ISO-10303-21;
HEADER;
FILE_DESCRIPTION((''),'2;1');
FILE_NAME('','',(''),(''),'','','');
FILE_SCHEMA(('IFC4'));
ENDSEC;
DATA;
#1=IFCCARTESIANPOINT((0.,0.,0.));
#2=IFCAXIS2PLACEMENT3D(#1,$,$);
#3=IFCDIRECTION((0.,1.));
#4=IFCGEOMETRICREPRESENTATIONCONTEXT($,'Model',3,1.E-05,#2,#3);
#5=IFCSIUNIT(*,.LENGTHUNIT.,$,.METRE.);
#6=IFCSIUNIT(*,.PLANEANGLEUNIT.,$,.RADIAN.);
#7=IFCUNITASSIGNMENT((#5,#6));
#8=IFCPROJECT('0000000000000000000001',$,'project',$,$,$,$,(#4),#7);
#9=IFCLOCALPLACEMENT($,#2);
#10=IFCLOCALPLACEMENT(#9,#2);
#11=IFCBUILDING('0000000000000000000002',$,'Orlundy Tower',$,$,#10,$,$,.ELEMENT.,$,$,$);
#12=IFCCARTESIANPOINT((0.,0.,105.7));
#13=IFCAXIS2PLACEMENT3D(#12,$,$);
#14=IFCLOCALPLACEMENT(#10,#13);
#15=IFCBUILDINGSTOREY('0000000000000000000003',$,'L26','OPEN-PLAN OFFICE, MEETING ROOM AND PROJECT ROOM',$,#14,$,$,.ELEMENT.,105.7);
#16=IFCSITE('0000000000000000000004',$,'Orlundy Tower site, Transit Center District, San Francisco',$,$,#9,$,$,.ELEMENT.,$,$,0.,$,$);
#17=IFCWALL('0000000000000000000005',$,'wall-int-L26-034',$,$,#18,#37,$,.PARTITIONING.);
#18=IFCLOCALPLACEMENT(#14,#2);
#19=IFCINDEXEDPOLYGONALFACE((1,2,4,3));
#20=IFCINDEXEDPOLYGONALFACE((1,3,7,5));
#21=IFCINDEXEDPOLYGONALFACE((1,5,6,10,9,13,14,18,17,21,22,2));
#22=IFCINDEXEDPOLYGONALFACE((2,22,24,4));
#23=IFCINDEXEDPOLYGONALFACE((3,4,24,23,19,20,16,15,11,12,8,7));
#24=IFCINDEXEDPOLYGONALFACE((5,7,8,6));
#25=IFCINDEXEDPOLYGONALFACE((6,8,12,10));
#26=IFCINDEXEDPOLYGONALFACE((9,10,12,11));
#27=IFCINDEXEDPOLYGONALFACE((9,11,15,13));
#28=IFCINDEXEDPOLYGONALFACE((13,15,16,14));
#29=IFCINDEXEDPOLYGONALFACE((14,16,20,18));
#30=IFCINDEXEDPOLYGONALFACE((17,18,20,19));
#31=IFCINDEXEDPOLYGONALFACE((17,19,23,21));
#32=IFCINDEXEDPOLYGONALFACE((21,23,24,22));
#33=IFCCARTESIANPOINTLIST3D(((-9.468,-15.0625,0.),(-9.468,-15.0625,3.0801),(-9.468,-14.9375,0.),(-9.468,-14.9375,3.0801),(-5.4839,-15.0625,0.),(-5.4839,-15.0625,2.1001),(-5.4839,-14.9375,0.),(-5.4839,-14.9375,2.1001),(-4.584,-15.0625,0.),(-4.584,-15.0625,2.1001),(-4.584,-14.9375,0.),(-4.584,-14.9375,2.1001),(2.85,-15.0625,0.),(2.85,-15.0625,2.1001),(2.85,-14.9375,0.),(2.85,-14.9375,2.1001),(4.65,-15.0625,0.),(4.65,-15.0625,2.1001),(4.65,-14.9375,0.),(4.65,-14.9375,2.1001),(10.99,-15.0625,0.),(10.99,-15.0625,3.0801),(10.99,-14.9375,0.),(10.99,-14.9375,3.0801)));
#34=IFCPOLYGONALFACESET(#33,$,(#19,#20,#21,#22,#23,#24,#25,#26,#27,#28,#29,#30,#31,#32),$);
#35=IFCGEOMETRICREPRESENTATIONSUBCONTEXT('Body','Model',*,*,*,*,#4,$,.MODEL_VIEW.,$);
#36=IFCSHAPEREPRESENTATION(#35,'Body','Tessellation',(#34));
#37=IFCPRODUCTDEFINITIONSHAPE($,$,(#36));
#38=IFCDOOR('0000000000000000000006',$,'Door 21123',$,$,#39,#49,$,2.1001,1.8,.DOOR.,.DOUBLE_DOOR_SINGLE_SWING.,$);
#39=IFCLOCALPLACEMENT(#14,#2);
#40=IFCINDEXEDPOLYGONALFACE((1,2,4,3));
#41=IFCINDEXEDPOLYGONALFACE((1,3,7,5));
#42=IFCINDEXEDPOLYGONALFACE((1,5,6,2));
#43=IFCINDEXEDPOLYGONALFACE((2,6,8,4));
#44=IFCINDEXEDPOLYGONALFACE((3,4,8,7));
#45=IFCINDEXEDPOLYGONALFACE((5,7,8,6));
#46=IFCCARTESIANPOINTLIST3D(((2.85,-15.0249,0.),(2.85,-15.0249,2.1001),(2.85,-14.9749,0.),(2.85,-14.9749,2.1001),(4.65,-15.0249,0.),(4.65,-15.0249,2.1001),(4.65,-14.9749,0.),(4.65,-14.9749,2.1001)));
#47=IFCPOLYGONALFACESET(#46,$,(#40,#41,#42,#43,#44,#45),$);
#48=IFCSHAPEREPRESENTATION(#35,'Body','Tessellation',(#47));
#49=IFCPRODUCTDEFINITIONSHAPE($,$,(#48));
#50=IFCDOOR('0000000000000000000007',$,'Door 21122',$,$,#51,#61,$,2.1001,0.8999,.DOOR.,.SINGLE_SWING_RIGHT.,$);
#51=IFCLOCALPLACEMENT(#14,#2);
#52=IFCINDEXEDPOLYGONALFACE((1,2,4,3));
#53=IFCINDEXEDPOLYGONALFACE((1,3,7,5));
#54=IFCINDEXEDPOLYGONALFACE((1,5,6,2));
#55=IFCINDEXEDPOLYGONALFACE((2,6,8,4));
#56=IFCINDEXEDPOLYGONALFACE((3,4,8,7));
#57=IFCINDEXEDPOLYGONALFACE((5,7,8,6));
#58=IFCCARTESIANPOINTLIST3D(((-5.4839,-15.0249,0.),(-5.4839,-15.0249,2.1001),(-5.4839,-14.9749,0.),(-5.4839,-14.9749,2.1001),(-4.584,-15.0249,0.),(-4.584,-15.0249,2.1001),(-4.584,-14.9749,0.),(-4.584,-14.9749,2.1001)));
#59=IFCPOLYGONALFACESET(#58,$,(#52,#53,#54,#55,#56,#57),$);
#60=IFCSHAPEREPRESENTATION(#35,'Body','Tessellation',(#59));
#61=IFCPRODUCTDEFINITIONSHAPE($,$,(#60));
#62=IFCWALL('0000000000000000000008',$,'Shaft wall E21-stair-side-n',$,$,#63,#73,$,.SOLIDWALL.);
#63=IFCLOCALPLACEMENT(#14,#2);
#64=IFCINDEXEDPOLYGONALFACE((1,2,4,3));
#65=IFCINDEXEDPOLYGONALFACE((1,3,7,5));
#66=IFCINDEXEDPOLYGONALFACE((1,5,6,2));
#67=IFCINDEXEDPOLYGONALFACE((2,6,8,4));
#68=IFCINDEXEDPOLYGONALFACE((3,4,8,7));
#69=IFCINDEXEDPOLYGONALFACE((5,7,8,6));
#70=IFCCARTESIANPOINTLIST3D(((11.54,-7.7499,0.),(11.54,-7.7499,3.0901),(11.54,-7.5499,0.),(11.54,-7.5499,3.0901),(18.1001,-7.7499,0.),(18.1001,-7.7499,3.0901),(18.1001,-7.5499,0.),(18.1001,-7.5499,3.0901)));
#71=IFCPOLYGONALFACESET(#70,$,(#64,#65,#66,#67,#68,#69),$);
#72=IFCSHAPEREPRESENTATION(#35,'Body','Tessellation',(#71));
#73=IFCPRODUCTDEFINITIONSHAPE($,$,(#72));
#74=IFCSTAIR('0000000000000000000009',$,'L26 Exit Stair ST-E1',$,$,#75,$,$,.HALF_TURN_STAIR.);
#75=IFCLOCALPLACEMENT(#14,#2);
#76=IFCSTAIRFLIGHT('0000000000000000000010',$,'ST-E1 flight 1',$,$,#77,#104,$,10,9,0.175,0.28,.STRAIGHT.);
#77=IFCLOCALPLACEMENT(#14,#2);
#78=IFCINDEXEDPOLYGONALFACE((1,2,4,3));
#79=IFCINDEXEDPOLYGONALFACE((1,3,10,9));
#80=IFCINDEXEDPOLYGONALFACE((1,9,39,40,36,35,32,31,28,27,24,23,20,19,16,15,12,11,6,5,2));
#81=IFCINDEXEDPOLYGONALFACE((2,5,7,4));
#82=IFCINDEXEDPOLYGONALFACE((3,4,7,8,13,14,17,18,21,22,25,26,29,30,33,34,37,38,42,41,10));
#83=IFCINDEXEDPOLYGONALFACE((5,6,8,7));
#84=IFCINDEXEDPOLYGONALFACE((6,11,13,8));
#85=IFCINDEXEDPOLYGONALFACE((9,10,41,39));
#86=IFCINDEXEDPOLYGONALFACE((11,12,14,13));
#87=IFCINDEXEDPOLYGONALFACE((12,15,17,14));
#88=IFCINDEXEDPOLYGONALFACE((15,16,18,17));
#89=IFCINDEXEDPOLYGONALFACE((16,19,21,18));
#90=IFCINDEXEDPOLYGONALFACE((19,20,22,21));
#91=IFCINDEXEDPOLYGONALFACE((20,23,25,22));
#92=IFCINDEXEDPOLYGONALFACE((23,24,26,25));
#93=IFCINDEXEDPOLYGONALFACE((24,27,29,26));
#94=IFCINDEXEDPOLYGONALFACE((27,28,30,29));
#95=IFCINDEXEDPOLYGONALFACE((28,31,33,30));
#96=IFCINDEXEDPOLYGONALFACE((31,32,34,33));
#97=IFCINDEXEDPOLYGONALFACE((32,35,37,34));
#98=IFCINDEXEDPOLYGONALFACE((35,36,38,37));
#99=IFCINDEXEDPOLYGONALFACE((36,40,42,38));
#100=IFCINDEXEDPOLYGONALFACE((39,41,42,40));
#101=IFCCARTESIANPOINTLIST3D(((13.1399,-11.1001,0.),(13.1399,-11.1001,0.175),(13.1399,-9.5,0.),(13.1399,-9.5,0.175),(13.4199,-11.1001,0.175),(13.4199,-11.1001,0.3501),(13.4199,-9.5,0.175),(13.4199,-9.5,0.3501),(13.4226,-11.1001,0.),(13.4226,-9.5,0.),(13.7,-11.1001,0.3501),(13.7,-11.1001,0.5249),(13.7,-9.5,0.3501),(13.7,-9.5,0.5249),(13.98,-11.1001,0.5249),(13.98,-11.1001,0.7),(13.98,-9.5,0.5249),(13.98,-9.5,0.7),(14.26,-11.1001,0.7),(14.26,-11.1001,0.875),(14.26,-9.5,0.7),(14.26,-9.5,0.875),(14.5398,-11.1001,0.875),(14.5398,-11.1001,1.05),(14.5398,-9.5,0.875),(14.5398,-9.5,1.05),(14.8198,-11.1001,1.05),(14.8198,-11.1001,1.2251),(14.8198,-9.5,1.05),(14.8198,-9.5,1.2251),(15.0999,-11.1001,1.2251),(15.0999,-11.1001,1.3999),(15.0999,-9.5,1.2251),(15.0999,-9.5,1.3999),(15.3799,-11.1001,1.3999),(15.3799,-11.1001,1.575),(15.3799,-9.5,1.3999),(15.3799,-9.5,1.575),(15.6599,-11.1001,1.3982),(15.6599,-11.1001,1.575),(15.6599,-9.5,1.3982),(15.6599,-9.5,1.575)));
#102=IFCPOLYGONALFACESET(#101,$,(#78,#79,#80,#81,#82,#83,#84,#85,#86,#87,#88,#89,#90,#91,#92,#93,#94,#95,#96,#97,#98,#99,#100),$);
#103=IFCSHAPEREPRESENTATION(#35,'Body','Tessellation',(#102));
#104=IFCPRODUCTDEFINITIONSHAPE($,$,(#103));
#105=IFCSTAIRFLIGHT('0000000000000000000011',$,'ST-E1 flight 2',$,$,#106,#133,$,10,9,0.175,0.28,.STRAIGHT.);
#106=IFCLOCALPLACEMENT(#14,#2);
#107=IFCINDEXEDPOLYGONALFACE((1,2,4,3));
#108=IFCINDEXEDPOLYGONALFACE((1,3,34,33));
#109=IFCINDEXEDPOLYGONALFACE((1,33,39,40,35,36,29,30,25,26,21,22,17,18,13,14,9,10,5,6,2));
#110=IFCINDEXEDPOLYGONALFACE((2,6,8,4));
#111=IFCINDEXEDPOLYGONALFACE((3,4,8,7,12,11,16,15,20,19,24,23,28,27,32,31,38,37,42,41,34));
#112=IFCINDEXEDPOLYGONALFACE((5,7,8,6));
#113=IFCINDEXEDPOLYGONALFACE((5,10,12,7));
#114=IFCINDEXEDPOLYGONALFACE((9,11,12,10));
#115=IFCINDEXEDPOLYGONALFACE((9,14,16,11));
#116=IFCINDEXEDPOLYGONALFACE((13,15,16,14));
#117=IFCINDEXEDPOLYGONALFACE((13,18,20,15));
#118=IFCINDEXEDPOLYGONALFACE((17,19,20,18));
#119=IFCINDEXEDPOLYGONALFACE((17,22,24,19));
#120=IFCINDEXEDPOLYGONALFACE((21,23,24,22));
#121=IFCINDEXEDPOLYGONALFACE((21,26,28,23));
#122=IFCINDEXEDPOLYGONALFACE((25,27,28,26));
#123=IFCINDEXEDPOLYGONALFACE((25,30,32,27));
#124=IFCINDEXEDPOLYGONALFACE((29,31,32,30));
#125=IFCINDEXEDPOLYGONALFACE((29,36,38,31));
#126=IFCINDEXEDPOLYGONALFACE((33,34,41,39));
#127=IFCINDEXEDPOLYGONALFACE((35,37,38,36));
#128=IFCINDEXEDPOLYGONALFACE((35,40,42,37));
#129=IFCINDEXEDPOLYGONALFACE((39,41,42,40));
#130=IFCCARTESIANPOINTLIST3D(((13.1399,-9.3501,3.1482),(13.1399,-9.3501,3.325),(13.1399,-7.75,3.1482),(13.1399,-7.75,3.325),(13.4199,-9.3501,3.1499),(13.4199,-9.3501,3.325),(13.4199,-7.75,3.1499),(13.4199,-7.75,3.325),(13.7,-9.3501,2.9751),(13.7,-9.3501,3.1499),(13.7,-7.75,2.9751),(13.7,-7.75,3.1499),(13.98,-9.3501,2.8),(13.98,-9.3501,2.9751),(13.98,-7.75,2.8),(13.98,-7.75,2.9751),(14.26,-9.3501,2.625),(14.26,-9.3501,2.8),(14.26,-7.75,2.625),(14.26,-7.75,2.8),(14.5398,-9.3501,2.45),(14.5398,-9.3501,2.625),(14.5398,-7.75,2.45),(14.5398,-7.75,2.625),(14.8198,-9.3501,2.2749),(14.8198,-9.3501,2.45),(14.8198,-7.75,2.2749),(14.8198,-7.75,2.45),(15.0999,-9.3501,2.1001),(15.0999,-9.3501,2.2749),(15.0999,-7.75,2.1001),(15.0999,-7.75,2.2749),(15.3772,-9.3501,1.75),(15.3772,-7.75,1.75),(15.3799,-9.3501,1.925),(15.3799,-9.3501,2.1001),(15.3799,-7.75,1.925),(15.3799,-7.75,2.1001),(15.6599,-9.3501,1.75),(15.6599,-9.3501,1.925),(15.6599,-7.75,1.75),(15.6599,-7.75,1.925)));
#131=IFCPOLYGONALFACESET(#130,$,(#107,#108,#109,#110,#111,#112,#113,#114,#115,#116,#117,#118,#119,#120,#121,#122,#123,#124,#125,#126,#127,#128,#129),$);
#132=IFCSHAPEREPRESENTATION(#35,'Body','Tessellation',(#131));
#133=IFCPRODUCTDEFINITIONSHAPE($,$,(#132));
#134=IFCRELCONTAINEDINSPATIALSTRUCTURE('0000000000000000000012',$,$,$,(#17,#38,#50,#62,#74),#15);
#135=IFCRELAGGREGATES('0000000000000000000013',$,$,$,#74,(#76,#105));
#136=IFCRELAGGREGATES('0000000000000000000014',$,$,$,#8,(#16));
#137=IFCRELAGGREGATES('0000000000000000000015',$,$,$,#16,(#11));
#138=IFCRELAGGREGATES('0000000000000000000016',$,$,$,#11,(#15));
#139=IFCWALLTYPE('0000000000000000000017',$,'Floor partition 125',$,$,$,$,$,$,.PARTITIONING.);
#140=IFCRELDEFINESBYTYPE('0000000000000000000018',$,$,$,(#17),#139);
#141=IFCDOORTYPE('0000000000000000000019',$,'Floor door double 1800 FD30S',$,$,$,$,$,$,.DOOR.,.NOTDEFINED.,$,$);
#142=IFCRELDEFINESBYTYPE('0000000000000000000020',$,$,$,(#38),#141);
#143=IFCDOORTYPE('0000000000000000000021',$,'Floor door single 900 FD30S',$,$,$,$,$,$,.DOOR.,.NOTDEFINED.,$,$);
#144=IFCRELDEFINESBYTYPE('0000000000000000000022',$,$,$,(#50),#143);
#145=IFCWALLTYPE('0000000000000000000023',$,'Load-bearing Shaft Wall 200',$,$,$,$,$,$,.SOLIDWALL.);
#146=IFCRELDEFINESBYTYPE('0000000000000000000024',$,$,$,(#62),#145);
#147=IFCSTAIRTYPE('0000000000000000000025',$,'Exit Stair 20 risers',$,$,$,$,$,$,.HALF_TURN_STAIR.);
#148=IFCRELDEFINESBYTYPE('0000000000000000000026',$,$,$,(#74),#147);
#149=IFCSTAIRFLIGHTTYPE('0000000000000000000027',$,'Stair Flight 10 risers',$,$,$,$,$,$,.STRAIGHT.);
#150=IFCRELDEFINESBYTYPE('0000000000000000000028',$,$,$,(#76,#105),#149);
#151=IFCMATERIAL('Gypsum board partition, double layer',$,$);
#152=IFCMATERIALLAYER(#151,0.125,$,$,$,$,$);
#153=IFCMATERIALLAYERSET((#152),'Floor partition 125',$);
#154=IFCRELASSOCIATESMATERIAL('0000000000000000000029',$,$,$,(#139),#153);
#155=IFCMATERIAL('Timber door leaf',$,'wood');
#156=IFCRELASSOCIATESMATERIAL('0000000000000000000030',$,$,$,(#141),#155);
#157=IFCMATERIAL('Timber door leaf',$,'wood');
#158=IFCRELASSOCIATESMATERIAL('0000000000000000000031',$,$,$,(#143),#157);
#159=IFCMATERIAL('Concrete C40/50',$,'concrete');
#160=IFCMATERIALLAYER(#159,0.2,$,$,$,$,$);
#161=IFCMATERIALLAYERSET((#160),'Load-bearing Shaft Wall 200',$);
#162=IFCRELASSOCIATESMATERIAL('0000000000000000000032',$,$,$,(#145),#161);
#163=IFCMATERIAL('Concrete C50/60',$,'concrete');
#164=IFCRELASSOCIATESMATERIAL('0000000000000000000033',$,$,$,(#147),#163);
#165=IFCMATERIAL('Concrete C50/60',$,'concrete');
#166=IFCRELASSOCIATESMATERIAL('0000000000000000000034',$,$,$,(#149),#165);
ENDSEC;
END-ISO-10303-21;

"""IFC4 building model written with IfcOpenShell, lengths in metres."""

from ifc_helpers import new_model, si_unit, direction, frame, frame_2d, origin, place, context, subcontext, project, spatial, polyline, rectangle, outline, extrude, material, layer, layer_set, type_object, element, fill, aggregate, save


model = new_model("IFC4")

# Units and contexts
model_context = context("Model", 3, precision=1e-05, world=origin(), true_north=direction((0.0, 1.0)))
body_context = subcontext(model_context, "Body", "Model", "MODEL_VIEW")
ifc_project = project(units=[si_unit("LENGTHUNIT", "METRE"), si_unit("PLANEANGLEUNIT", "RADIAN")], contexts=[model_context])

# Site, building, storey
site_placement = place(None, origin())
site = spatial("IfcSite", under=ifc_project, at=site_placement, Name="Orlundy Tower site, Transit Center District, San Francisco", CompositionType="ELEMENT", RefElevation=0.0)
building_placement = place(site_placement, origin())
building = spatial("IfcBuilding", under=site, at=building_placement, Name="Orlundy Tower", CompositionType="ELEMENT")
storey_placement = place(building_placement, frame((0.0, 0.0, 105.7)))
storey = spatial("IfcBuildingStorey", under=building, at=storey_placement, Name="L26", Description="OPEN-PLAN OFFICE, MEETING ROOM AND PROJECT ROOM", CompositionType="ELEMENT", Elevation=105.7)

# Wall, openings, doors
ifc_material_1 = material(Name="Gypsum board partition, double layer")
ifc_layer_1 = layer(ifc_material_1, 0.125)
ifc_layer_set_1 = layer_set([ifc_layer_1], Name="Floor partition 125")
wall_type_1 = type_object("IfcWallType", Name="Floor partition 125", PredefinedType="PARTITIONING", material=ifc_layer_set_1)
wall_1_placement = place(storey_placement, frame((10.99, -15.0, 0.0), z_axis=(0.0, 0.0, 1.0), x_axis=(-1.0, 0.0, 0.0)))
wall_1 = element("IfcWall", 1, at=wall_1_placement, inside=storey, type_object=wall_type_1, Name="wall-int-L26-034", PredefinedType="PARTITIONING", context=body_context, shape_type="SweptSolid", body=[
    extrude(rectangle(XDim=20.458, YDim=0.125, at=frame_2d((10.229, 0.0))), origin(), (0.0, 0.0, 1.0), 3.0801),
])
opening_1_placement = place(wall_1_placement, frame((15.574, 0.0, 0.0)))
opening_1 = element("IfcOpeningElement", 2, at=opening_1_placement, cuts=wall_1, PredefinedType="OPENING", context=body_context, shape_type="SweptSolid", body=[
    extrude(rectangle(XDim=0.8999, YDim=2.1001, at=frame_2d((0.45, 1.05))), frame((0.0, 0.0725, 0.0), z_axis=(0.0, -1.0, 0.0), x_axis=(1.0, 0.0, 0.0)), (0.0, 0.0, 1.0), 0.145),
])
opening_2_placement = place(wall_1_placement, frame((6.3401, 0.0, 0.0)))
opening_2 = element("IfcOpeningElement", 3, at=opening_2_placement, cuts=wall_1, PredefinedType="OPENING", context=body_context, shape_type="SweptSolid", body=[
    extrude(rectangle(XDim=1.8, YDim=2.1001, at=frame_2d((0.8999, 1.05))), frame((0.0, 0.0725, 0.0), z_axis=(0.0, -1.0, 0.0), x_axis=(1.0, 0.0, 0.0)), (0.0, 0.0, 1.0), 0.145),
])
ifc_material_2 = material(Name="Timber door leaf", Category="wood")
door_type_1 = type_object("IfcDoorType", Name="Floor door double 1800 FD30S", OperationType="NOTDEFINED", PredefinedType="DOOR", material=ifc_material_2)
door_1_placement = place(opening_2_placement, origin())
door_1 = element("IfcDoor", 4, at=door_1_placement, inside=storey, type_object=door_type_1, Name="Door 21123", OperationType="DOUBLE_DOOR_SINGLE_SWING", OverallHeight=2.1001, OverallWidth=1.8, PredefinedType="DOOR", context=body_context, shape_type="SweptSolid", body=[
    extrude(rectangle(XDim=1.8, YDim=2.1001, at=frame_2d((0.8999, 1.05))), frame((0.0, 0.0249, 0.0), z_axis=(0.0, -1.0, 0.0), x_axis=(1.0, 0.0, 0.0)), (0.0, 0.0, 1.0), 0.05),
])
fill(opening_2, door_1)
ifc_material_3 = material(Name="Timber door leaf", Category="wood")
door_type_2 = type_object("IfcDoorType", Name="Floor door single 900 FD30S", OperationType="NOTDEFINED", PredefinedType="DOOR", material=ifc_material_3)
door_2_placement = place(opening_1_placement, origin())
door_2 = element("IfcDoor", 5, at=door_2_placement, inside=storey, type_object=door_type_2, Name="Door 21122", OperationType="SINGLE_SWING_RIGHT", OverallHeight=2.1001, OverallWidth=0.8999, PredefinedType="DOOR", context=body_context, shape_type="SweptSolid", body=[
    extrude(rectangle(XDim=0.8999, YDim=2.1001, at=frame_2d((0.45, 1.05))), frame((0.0, 0.0249, 0.0), z_axis=(0.0, -1.0, 0.0), x_axis=(1.0, 0.0, 0.0)), (0.0, 0.0, 1.0), 0.05),
])
fill(opening_1, door_2)

# Wall
ifc_material_4 = material(Name="Concrete C40/50", Category="concrete")
ifc_layer_2 = layer(ifc_material_4, 0.2)
ifc_layer_set_2 = layer_set([ifc_layer_2], Name="Load-bearing Shaft Wall 200")
wall_type_2 = type_object("IfcWallType", Name="Load-bearing Shaft Wall 200", PredefinedType="SOLIDWALL", material=ifc_layer_set_2)
wall_2_placement = place(storey_placement, frame((11.54, -7.6499, 0.0), z_axis=(0.0, 0.0, 1.0), x_axis=(1.0, 0.0, 0.0)))
element("IfcWall", 6, at=wall_2_placement, inside=storey, type_object=wall_type_2, Name="Shaft wall E21-stair-side-n", PredefinedType="SOLIDWALL", context=body_context, shape_type="SweptSolid", body=[
    extrude(rectangle(XDim=6.5601, YDim=0.2, at=frame_2d((3.28, 0.0))), origin(), (0.0, 0.0, 1.0), 3.0901),
])

# Stair, stair flights
ifc_material_5 = material(Name="Concrete C50/60", Category="concrete")
stair_type = type_object("IfcStairType", Name="Exit Stair 20 risers", PredefinedType="HALF_TURN_STAIR", material=ifc_material_5)
stair_placement = place(storey_placement, origin())
stair = element("IfcStair", 7, at=stair_placement, inside=storey, type_object=stair_type, Name="L26 Exit Stair ST-E1", PredefinedType="HALF_TURN_STAIR")
ifc_material_6 = material(Name="Concrete C50/60", Category="concrete")
stair_flight_type = type_object("IfcStairFlightType", Name="Stair Flight 10 risers", PredefinedType="STRAIGHT", material=ifc_material_6)
stair_flight_1_placement = place(storey_placement, frame((13.1399, -10.3, 0.0), z_axis=(0.0, 0.0, 1.0), x_axis=(1.0, 0.0, 0.0)))
stair_flight_1 = element("IfcStairFlight", 8, at=stair_flight_1_placement, type_object=stair_flight_type, Name="ST-E1 flight 1", NumberOfRisers=10, NumberOfTreads=9, PredefinedType="STRAIGHT", RiserHeight=0.175, TreadLength=0.28, context=body_context, shape_type="SweptSolid", body=[
    extrude(outline(polyline([(0.0, 0.0), (0.0, 0.175), (0.28, 0.175), (0.28, 0.3501), (0.5601, 0.3501), (0.5601, 0.5249), (0.8401, 0.5249), (0.8401, 0.7), (1.1201, 0.7), (1.1201, 0.875), (1.3999, 0.875), (1.3999, 1.05), (1.6799, 1.05), (1.6799, 1.2251), (1.96, 1.2251), (1.96, 1.3999), (2.24, 1.3999), (2.24, 1.575), (2.52, 1.575), (2.52, 1.75), (2.52, 1.3982), (0.2827, 0.0), (0.0, 0.0)])), frame((0.0, 0.8, 0.0), z_axis=(0.0, -1.0, 0.0), x_axis=(1.0, 0.0, 0.0)), (0.0, 0.0, 1.0), 1.6001),
])
stair_flight_2_placement = place(storey_placement, frame((15.6599, -8.55, 1.75), z_axis=(0.0, 0.0, 1.0), x_axis=(-1.0, 0.0, 0.0)))
stair_flight_2 = element("IfcStairFlight", 9, at=stair_flight_2_placement, type_object=stair_flight_type, Name="ST-E1 flight 2", NumberOfRisers=10, NumberOfTreads=9, PredefinedType="STRAIGHT", RiserHeight=0.175, TreadLength=0.28, context=body_context, shape_type="SweptSolid", body=[
    extrude(outline(polyline([(0.0, 0.0), (0.0, 0.175), (0.28, 0.175), (0.28, 0.3501), (0.5601, 0.3501), (0.5601, 0.5249), (0.8401, 0.5249), (0.8401, 0.7), (1.1201, 0.7), (1.1201, 0.875), (1.3999, 0.875), (1.3999, 1.05), (1.6799, 1.05), (1.6799, 1.2251), (1.96, 1.2251), (1.96, 1.3999), (2.24, 1.3999), (2.24, 1.575), (2.52, 1.575), (2.52, 1.75), (2.52, 1.3982), (0.2827, 0.0), (0.0, 0.0)])), frame((0.0, 0.8, 0.0), z_axis=(0.0, -1.0, 0.0), x_axis=(1.0, 0.0, 0.0)), (0.0, 0.0, 1.0), 1.6001),
])
aggregate(stair, [stair_flight_1, stair_flight_2])

save(model, "model.ifc")
